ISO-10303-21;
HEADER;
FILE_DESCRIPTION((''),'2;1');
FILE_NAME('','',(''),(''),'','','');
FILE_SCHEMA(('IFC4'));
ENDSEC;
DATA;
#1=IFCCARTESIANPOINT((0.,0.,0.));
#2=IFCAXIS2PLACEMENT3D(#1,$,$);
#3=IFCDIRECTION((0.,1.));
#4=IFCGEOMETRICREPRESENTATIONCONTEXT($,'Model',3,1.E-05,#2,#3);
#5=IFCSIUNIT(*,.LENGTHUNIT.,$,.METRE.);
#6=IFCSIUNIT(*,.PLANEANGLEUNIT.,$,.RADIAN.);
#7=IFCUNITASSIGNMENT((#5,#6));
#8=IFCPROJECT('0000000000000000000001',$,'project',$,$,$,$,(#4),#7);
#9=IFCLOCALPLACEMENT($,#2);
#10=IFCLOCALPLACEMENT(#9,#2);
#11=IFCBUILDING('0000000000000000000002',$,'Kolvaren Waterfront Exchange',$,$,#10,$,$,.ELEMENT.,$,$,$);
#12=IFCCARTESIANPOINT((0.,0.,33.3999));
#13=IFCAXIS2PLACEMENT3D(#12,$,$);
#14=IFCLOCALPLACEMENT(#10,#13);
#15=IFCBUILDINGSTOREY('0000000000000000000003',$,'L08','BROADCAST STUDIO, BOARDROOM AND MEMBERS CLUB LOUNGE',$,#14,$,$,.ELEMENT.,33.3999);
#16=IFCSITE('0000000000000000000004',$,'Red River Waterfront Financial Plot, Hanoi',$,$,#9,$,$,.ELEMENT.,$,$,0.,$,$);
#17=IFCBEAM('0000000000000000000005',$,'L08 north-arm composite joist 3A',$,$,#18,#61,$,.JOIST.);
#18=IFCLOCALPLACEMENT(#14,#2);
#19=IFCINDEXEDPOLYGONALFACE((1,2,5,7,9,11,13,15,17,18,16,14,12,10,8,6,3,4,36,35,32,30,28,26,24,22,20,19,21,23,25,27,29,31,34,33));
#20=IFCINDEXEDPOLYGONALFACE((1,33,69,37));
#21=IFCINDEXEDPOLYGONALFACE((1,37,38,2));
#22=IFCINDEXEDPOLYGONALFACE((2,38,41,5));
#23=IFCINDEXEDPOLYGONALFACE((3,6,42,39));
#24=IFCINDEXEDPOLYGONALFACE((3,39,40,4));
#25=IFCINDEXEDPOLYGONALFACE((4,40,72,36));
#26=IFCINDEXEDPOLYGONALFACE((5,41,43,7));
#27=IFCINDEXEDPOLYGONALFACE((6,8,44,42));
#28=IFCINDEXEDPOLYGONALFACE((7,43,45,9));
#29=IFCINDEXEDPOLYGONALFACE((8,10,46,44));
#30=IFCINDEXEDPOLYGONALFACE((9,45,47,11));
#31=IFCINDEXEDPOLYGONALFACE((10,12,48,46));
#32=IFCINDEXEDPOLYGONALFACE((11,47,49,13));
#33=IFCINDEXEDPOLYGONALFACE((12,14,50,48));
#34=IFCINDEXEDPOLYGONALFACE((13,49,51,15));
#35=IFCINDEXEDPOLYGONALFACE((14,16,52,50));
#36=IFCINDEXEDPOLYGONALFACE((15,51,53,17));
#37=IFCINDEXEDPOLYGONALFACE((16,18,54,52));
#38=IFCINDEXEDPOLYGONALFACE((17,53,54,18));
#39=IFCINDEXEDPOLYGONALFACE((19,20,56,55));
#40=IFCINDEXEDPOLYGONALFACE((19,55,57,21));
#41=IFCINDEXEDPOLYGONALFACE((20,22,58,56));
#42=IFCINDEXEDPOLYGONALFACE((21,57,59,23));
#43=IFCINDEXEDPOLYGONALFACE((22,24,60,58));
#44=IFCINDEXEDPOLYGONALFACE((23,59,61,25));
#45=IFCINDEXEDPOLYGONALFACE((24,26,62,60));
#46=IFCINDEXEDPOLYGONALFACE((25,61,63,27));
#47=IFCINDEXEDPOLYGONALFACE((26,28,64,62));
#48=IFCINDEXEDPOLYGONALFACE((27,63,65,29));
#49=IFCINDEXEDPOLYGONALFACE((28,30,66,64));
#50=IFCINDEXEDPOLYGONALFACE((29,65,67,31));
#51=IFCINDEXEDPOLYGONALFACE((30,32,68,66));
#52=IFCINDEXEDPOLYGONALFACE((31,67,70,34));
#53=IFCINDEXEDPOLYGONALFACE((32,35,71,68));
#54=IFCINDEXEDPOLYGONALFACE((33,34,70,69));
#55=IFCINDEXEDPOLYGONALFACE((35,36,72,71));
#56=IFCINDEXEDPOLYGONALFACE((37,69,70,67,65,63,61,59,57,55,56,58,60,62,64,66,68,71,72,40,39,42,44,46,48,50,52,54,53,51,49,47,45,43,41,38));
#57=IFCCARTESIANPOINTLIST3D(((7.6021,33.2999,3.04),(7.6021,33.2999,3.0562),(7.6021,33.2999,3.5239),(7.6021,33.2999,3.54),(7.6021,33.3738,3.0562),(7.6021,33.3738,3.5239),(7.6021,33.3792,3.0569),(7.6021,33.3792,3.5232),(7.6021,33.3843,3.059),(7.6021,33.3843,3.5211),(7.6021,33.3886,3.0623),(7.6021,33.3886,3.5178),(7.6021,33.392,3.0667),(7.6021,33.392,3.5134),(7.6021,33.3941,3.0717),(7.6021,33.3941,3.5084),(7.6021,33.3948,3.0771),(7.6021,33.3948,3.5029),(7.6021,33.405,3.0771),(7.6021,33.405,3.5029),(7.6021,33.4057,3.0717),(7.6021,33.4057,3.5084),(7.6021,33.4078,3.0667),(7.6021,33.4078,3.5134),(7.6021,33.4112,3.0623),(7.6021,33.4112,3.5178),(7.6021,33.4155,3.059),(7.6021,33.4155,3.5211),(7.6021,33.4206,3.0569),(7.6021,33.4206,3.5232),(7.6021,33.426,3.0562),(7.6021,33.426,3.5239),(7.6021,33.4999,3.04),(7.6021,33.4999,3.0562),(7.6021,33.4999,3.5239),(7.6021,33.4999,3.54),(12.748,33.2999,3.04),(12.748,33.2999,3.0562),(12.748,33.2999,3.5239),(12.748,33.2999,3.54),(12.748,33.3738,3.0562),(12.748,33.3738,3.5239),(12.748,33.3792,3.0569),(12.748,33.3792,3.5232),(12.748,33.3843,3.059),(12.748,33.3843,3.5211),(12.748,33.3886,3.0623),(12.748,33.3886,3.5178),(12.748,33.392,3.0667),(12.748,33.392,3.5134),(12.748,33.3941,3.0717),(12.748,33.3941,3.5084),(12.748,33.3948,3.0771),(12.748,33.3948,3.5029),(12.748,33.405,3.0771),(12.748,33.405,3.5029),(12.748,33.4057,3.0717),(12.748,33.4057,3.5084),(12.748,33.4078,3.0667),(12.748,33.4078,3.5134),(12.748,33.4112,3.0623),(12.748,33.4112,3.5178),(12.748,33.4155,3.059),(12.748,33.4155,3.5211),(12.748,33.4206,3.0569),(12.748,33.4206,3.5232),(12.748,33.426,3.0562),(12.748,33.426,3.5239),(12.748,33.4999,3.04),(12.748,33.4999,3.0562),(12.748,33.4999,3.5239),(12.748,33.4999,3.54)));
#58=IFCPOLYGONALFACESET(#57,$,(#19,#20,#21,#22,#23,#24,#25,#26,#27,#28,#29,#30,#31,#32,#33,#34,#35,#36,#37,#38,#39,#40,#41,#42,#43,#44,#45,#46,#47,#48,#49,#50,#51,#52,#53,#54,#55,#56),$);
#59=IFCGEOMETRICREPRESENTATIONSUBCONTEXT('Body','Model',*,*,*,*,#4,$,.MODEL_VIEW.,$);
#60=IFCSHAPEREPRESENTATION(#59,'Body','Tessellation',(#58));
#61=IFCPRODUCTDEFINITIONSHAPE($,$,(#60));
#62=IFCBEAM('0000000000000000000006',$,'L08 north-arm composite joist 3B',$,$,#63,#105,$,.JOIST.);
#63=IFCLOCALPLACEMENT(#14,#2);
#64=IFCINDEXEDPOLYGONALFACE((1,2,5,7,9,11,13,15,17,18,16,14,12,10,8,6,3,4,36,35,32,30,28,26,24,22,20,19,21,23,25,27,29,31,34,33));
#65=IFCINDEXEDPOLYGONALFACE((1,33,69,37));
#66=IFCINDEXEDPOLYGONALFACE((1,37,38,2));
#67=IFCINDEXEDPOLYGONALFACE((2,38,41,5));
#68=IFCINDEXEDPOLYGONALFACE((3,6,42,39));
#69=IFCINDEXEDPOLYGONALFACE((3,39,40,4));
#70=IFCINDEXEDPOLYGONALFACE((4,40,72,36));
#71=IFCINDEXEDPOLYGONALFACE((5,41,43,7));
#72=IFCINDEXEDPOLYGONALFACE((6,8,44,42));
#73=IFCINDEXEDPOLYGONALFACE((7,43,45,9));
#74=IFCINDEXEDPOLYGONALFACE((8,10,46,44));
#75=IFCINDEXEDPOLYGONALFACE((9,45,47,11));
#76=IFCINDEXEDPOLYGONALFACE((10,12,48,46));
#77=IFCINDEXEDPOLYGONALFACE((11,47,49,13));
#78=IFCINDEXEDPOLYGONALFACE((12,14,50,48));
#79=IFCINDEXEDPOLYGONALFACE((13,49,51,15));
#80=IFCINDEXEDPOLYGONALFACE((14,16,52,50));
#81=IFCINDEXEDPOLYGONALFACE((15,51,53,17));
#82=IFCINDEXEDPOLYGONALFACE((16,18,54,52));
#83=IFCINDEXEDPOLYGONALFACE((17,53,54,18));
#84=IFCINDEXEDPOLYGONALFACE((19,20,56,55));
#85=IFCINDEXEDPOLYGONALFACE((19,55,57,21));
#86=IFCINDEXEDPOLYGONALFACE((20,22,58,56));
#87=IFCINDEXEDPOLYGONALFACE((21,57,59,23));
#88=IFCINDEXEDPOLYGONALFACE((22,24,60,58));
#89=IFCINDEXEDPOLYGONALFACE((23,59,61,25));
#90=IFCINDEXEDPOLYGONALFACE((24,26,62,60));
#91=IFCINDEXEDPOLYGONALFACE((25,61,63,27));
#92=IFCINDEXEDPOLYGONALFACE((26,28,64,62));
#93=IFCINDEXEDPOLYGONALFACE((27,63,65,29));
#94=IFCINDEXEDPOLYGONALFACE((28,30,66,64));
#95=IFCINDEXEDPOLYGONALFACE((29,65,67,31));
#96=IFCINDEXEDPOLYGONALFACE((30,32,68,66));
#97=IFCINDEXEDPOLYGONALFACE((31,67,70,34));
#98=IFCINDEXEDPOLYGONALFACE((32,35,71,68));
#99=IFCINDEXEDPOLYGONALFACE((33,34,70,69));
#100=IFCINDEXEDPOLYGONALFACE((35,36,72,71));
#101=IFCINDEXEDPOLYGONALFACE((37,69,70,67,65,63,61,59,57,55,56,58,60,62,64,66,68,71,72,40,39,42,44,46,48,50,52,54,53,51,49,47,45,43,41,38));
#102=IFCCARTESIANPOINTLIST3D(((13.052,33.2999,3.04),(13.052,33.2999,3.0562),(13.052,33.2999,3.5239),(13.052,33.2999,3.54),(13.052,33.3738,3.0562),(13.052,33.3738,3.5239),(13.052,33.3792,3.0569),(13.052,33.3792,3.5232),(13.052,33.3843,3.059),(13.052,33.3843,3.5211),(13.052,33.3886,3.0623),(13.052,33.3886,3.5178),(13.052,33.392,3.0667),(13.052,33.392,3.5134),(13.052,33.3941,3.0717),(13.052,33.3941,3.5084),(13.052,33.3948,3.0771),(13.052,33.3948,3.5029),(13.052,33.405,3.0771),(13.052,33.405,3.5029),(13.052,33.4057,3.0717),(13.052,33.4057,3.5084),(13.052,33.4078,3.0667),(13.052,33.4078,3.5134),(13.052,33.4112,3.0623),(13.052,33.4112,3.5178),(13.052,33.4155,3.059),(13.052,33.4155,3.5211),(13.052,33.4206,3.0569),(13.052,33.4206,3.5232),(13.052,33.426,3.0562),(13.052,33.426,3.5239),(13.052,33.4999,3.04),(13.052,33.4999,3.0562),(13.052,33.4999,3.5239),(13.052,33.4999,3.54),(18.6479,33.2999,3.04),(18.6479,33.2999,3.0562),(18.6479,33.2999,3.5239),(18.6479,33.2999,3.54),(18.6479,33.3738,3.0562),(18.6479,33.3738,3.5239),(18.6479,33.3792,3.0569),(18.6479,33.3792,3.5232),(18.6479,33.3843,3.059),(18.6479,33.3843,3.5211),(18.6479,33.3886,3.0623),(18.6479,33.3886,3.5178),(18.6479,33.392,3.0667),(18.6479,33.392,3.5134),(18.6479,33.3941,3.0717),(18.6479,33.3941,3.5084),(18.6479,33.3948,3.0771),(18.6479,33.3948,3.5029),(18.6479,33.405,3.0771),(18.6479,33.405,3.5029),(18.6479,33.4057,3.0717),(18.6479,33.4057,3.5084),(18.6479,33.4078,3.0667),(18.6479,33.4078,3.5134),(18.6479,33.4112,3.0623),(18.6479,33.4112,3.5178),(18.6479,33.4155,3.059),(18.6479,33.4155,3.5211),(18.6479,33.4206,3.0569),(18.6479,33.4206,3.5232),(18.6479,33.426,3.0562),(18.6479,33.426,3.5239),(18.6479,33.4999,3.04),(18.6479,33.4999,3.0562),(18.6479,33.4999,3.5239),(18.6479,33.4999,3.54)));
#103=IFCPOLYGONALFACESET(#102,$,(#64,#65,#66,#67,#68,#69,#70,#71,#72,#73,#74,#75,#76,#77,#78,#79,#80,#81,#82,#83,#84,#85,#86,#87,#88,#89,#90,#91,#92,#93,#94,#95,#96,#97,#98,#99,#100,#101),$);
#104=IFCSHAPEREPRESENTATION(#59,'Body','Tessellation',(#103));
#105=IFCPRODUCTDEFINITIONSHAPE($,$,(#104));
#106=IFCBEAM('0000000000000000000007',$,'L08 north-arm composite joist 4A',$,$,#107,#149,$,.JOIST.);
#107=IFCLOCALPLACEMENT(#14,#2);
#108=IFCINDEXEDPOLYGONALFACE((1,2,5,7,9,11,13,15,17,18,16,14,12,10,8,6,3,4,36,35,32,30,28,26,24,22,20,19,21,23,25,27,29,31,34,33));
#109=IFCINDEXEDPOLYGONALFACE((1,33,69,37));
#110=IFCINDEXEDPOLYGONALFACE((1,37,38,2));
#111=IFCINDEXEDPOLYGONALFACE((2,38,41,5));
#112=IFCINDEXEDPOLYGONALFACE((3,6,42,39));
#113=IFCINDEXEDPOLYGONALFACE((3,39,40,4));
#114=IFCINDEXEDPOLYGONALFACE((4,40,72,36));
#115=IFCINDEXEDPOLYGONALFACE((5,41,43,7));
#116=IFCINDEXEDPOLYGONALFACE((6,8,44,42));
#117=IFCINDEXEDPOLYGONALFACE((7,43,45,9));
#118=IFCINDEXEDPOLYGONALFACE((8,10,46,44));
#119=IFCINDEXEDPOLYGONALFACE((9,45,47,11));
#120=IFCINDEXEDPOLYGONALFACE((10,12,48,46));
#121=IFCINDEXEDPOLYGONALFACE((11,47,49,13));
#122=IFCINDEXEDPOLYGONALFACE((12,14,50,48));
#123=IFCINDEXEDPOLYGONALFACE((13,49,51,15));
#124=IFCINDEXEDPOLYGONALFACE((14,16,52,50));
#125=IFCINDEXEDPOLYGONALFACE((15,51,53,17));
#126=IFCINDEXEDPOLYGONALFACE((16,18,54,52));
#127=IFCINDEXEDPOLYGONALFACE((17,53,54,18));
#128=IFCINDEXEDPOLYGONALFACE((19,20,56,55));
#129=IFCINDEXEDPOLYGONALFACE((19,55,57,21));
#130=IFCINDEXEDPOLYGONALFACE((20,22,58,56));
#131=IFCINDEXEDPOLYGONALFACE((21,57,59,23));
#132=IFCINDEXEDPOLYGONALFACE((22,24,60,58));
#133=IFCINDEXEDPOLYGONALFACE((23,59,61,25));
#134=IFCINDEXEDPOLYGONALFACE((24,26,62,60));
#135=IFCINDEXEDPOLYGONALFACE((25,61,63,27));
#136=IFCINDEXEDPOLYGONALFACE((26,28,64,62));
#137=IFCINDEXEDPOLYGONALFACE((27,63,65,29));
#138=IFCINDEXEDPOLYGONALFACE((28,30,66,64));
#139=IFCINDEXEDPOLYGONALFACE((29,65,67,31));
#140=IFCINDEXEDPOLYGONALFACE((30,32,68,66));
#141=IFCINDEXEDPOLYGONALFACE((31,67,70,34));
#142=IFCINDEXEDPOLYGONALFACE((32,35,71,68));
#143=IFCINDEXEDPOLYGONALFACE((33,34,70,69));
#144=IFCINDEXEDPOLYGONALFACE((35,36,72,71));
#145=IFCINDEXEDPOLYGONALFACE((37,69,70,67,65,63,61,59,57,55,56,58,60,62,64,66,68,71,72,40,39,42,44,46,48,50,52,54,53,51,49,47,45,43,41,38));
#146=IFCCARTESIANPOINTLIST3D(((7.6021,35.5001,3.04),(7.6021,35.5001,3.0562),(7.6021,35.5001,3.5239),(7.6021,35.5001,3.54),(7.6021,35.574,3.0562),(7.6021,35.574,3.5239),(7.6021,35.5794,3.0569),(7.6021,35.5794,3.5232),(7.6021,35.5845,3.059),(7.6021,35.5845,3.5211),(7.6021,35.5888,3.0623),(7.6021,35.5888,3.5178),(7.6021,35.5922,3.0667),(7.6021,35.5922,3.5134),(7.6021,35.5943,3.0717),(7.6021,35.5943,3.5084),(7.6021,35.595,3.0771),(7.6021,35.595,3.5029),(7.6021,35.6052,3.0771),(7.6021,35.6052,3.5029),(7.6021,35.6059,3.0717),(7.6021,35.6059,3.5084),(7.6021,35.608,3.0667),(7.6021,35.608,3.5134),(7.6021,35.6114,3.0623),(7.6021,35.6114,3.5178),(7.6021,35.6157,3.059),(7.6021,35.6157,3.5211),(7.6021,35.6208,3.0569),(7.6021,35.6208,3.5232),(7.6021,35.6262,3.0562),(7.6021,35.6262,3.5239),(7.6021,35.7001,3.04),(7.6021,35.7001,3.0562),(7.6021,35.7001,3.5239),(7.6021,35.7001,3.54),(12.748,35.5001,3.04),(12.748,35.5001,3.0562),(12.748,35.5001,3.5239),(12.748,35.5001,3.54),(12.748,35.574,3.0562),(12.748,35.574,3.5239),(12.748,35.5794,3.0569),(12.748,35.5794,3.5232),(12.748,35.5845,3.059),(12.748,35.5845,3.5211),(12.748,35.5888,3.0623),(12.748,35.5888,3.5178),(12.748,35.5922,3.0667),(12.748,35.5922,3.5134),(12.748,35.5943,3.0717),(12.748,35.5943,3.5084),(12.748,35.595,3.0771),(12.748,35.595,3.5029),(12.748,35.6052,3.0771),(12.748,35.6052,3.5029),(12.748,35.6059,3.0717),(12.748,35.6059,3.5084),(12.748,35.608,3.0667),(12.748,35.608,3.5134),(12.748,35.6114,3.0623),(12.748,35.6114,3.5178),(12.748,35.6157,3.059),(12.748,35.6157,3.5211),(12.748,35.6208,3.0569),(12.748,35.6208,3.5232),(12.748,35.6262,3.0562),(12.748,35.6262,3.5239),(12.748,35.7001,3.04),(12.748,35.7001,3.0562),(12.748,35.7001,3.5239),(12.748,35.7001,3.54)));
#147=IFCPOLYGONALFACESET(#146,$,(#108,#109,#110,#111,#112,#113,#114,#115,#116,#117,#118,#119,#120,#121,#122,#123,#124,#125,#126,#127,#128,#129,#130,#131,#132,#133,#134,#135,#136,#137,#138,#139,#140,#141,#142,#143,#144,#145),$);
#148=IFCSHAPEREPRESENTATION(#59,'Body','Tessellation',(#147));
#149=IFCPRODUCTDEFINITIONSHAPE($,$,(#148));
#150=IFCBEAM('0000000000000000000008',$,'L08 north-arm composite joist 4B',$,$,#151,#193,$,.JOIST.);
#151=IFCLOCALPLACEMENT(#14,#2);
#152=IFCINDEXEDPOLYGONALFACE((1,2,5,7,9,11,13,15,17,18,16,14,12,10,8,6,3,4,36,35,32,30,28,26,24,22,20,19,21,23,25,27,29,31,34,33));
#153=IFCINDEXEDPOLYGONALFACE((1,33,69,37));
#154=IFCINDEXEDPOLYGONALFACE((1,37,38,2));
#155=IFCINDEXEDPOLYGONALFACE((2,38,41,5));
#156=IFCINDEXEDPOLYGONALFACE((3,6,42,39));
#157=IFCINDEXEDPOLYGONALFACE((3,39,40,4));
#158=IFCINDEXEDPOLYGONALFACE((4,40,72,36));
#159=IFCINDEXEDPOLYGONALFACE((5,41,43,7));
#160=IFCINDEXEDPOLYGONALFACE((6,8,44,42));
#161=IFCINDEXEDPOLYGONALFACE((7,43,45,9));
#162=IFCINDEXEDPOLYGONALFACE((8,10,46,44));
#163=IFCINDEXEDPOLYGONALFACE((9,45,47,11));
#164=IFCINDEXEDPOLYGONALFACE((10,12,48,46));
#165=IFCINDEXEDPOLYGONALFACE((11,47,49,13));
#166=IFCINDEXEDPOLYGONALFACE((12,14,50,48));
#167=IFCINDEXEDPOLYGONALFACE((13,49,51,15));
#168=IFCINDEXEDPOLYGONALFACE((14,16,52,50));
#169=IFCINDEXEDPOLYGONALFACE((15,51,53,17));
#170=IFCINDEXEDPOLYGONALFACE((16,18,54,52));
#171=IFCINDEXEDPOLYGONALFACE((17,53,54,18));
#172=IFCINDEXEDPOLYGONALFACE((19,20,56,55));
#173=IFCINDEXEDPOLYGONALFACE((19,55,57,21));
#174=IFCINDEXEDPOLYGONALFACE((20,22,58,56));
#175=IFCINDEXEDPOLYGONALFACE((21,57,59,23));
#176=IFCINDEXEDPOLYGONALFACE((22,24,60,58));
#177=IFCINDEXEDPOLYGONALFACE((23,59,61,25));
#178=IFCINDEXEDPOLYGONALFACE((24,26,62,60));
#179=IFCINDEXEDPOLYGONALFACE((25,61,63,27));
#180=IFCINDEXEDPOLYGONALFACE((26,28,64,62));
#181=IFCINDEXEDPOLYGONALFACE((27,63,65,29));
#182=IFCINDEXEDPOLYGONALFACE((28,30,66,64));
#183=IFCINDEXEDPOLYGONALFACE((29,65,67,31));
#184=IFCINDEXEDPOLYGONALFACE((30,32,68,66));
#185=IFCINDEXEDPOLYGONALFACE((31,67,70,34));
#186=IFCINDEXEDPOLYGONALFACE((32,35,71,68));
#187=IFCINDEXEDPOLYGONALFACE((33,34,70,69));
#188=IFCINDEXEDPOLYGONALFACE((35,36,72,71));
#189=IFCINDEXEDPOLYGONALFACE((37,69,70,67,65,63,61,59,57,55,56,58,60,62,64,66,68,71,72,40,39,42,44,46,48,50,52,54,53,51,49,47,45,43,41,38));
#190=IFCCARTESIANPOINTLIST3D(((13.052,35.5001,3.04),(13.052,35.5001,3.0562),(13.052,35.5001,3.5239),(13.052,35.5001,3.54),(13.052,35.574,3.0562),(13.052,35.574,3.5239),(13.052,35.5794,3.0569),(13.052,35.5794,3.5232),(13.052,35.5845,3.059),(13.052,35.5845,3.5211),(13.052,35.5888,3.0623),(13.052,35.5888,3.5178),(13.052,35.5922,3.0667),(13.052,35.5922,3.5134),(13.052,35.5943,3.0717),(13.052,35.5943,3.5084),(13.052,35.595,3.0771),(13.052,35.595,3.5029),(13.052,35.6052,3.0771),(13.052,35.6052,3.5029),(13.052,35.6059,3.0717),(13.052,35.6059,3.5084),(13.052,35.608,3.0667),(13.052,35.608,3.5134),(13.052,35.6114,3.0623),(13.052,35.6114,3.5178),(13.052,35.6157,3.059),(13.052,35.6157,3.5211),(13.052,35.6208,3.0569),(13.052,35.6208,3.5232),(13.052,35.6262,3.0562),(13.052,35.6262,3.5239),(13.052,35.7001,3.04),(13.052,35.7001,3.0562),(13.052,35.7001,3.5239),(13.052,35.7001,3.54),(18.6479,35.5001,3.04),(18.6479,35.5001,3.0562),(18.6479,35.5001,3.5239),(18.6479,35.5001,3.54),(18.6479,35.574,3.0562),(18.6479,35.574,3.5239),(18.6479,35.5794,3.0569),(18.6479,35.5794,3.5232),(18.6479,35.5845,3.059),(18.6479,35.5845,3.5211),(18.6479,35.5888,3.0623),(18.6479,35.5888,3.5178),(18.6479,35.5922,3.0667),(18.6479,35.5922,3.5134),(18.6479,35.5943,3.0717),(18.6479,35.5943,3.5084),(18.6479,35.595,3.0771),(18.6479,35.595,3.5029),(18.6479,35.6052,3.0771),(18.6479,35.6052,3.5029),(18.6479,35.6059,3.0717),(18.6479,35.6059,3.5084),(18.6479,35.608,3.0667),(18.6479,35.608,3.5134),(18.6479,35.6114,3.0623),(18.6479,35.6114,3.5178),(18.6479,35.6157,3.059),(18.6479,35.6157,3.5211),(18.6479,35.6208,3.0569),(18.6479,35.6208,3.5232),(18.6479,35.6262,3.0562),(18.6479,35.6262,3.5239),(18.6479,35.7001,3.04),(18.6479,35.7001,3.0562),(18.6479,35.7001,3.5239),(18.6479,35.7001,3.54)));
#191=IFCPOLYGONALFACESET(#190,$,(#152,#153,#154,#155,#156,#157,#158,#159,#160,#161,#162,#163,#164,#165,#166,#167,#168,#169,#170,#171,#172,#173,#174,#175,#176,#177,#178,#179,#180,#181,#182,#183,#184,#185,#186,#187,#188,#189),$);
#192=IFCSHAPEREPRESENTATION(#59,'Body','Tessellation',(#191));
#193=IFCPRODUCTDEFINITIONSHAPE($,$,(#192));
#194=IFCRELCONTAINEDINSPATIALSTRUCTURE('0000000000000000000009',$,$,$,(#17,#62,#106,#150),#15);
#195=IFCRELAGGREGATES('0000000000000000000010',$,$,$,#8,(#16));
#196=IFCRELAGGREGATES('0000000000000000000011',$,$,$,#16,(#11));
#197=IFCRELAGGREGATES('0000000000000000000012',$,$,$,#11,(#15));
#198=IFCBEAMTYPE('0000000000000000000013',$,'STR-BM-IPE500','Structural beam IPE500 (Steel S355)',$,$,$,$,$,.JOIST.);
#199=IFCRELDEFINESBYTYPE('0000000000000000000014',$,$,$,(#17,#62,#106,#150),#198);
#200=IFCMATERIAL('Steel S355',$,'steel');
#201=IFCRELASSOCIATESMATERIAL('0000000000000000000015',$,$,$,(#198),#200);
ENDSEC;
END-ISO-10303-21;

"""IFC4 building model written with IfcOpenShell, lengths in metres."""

from ifc_helpers import new_model, si_unit, direction, frame, origin, origin_2d, place, context, subcontext, project, spatial, i_section, extrude, material, material_profile, profile_set, type_object, element, save


model = new_model("IFC4")

# Units and contexts
model_context = context("Model", 3, precision=1e-05, world=origin(), true_north=direction((0.0, 1.0)))
body_context = subcontext(model_context, "Body", "Model", "MODEL_VIEW")
ifc_project = project(units=[si_unit("LENGTHUNIT", "METRE"), si_unit("PLANEANGLEUNIT", "RADIAN")], contexts=[model_context])

# Site, building, storey
site_placement = place(None, origin())
site = spatial("IfcSite", under=ifc_project, at=site_placement, Name="Red River Waterfront Financial Plot, Hanoi", CompositionType="ELEMENT", RefElevation=0.0)
building_placement = place(site_placement, origin())
building = spatial("IfcBuilding", under=site, at=building_placement, Name="Kolvaren Waterfront Exchange", CompositionType="ELEMENT")
storey_placement = place(building_placement, frame((0.0, 0.0, 33.3999)))
storey = spatial("IfcBuildingStorey", under=building, at=storey_placement, Name="L08", Description="BROADCAST STUDIO, BOARDROOM AND MEMBERS CLUB LOUNGE", CompositionType="ELEMENT", Elevation=33.3999)

# Beams
ifc_material_1 = material(Name="Steel S355", Category="steel")
ifc_material_profile_1 = material_profile(ifc_material_1, i_section(OverallWidth=0.2, OverallDepth=0.5, WebThickness=0.0103, FlangeThickness=0.0161, FilletRadius=0.021, at=origin_2d()), Name="IPE500")
ifc_profile_set_1 = profile_set([ifc_material_profile_1], Name="Steel S355")
beam_type_1 = type_object("IfcBeamType", Name="STR-BM-IPE500", Description="Structural beam IPE500 (Steel S355)", PredefinedType="JOIST", material=ifc_profile_set_1)
beam_1_placement = place(storey_placement, frame((7.6021, 33.3999, 3.29), z_axis=(1.0, 0.0, 0.0), x_axis=(0.0, 1.0, 0.0)))
element("IfcBeam", 1, at=beam_1_placement, inside=storey, type_object=beam_type_1, Name="L08 north-arm composite joist 3A", PredefinedType="JOIST", context=body_context, shape_type="SweptSolid", body=[
    extrude(i_section(OverallWidth=0.2, OverallDepth=0.5, WebThickness=0.0103, FlangeThickness=0.0161, FilletRadius=0.021, at=origin_2d()), origin(), (0.0, 0.0, 1.0), 5.146),
])
beam_2_placement = place(storey_placement, frame((13.052, 33.3999, 3.29), z_axis=(1.0, 0.0, 0.0), x_axis=(0.0, 1.0, 0.0)))
element("IfcBeam", 2, at=beam_2_placement, inside=storey, type_object=beam_type_1, Name="L08 north-arm composite joist 3B", PredefinedType="JOIST", context=body_context, shape_type="SweptSolid", body=[
    extrude(i_section(OverallWidth=0.2, OverallDepth=0.5, WebThickness=0.0103, FlangeThickness=0.0161, FilletRadius=0.021, at=origin_2d()), origin(), (0.0, 0.0, 1.0), 5.5959),
])
beam_3_placement = place(storey_placement, frame((7.6021, 35.6001, 3.29), z_axis=(1.0, 0.0, 0.0), x_axis=(0.0, 1.0, 0.0)))
element("IfcBeam", 3, at=beam_3_placement, inside=storey, type_object=beam_type_1, Name="L08 north-arm composite joist 4A", PredefinedType="JOIST", context=body_context, shape_type="SweptSolid", body=[
    extrude(i_section(OverallWidth=0.2, OverallDepth=0.5, WebThickness=0.0103, FlangeThickness=0.0161, FilletRadius=0.021, at=origin_2d()), origin(), (0.0, 0.0, 1.0), 5.146),
])
beam_4_placement = place(storey_placement, frame((13.052, 35.6001, 3.29), z_axis=(1.0, 0.0, 0.0), x_axis=(0.0, 1.0, 0.0)))
element("IfcBeam", 4, at=beam_4_placement, inside=storey, type_object=beam_type_1, Name="L08 north-arm composite joist 4B", PredefinedType="JOIST", context=body_context, shape_type="SweptSolid", body=[
    extrude(i_section(OverallWidth=0.2, OverallDepth=0.5, WebThickness=0.0103, FlangeThickness=0.0161, FilletRadius=0.021, at=origin_2d()), origin(), (0.0, 0.0, 1.0), 5.5959),
])

save(model, "model.ifc")
